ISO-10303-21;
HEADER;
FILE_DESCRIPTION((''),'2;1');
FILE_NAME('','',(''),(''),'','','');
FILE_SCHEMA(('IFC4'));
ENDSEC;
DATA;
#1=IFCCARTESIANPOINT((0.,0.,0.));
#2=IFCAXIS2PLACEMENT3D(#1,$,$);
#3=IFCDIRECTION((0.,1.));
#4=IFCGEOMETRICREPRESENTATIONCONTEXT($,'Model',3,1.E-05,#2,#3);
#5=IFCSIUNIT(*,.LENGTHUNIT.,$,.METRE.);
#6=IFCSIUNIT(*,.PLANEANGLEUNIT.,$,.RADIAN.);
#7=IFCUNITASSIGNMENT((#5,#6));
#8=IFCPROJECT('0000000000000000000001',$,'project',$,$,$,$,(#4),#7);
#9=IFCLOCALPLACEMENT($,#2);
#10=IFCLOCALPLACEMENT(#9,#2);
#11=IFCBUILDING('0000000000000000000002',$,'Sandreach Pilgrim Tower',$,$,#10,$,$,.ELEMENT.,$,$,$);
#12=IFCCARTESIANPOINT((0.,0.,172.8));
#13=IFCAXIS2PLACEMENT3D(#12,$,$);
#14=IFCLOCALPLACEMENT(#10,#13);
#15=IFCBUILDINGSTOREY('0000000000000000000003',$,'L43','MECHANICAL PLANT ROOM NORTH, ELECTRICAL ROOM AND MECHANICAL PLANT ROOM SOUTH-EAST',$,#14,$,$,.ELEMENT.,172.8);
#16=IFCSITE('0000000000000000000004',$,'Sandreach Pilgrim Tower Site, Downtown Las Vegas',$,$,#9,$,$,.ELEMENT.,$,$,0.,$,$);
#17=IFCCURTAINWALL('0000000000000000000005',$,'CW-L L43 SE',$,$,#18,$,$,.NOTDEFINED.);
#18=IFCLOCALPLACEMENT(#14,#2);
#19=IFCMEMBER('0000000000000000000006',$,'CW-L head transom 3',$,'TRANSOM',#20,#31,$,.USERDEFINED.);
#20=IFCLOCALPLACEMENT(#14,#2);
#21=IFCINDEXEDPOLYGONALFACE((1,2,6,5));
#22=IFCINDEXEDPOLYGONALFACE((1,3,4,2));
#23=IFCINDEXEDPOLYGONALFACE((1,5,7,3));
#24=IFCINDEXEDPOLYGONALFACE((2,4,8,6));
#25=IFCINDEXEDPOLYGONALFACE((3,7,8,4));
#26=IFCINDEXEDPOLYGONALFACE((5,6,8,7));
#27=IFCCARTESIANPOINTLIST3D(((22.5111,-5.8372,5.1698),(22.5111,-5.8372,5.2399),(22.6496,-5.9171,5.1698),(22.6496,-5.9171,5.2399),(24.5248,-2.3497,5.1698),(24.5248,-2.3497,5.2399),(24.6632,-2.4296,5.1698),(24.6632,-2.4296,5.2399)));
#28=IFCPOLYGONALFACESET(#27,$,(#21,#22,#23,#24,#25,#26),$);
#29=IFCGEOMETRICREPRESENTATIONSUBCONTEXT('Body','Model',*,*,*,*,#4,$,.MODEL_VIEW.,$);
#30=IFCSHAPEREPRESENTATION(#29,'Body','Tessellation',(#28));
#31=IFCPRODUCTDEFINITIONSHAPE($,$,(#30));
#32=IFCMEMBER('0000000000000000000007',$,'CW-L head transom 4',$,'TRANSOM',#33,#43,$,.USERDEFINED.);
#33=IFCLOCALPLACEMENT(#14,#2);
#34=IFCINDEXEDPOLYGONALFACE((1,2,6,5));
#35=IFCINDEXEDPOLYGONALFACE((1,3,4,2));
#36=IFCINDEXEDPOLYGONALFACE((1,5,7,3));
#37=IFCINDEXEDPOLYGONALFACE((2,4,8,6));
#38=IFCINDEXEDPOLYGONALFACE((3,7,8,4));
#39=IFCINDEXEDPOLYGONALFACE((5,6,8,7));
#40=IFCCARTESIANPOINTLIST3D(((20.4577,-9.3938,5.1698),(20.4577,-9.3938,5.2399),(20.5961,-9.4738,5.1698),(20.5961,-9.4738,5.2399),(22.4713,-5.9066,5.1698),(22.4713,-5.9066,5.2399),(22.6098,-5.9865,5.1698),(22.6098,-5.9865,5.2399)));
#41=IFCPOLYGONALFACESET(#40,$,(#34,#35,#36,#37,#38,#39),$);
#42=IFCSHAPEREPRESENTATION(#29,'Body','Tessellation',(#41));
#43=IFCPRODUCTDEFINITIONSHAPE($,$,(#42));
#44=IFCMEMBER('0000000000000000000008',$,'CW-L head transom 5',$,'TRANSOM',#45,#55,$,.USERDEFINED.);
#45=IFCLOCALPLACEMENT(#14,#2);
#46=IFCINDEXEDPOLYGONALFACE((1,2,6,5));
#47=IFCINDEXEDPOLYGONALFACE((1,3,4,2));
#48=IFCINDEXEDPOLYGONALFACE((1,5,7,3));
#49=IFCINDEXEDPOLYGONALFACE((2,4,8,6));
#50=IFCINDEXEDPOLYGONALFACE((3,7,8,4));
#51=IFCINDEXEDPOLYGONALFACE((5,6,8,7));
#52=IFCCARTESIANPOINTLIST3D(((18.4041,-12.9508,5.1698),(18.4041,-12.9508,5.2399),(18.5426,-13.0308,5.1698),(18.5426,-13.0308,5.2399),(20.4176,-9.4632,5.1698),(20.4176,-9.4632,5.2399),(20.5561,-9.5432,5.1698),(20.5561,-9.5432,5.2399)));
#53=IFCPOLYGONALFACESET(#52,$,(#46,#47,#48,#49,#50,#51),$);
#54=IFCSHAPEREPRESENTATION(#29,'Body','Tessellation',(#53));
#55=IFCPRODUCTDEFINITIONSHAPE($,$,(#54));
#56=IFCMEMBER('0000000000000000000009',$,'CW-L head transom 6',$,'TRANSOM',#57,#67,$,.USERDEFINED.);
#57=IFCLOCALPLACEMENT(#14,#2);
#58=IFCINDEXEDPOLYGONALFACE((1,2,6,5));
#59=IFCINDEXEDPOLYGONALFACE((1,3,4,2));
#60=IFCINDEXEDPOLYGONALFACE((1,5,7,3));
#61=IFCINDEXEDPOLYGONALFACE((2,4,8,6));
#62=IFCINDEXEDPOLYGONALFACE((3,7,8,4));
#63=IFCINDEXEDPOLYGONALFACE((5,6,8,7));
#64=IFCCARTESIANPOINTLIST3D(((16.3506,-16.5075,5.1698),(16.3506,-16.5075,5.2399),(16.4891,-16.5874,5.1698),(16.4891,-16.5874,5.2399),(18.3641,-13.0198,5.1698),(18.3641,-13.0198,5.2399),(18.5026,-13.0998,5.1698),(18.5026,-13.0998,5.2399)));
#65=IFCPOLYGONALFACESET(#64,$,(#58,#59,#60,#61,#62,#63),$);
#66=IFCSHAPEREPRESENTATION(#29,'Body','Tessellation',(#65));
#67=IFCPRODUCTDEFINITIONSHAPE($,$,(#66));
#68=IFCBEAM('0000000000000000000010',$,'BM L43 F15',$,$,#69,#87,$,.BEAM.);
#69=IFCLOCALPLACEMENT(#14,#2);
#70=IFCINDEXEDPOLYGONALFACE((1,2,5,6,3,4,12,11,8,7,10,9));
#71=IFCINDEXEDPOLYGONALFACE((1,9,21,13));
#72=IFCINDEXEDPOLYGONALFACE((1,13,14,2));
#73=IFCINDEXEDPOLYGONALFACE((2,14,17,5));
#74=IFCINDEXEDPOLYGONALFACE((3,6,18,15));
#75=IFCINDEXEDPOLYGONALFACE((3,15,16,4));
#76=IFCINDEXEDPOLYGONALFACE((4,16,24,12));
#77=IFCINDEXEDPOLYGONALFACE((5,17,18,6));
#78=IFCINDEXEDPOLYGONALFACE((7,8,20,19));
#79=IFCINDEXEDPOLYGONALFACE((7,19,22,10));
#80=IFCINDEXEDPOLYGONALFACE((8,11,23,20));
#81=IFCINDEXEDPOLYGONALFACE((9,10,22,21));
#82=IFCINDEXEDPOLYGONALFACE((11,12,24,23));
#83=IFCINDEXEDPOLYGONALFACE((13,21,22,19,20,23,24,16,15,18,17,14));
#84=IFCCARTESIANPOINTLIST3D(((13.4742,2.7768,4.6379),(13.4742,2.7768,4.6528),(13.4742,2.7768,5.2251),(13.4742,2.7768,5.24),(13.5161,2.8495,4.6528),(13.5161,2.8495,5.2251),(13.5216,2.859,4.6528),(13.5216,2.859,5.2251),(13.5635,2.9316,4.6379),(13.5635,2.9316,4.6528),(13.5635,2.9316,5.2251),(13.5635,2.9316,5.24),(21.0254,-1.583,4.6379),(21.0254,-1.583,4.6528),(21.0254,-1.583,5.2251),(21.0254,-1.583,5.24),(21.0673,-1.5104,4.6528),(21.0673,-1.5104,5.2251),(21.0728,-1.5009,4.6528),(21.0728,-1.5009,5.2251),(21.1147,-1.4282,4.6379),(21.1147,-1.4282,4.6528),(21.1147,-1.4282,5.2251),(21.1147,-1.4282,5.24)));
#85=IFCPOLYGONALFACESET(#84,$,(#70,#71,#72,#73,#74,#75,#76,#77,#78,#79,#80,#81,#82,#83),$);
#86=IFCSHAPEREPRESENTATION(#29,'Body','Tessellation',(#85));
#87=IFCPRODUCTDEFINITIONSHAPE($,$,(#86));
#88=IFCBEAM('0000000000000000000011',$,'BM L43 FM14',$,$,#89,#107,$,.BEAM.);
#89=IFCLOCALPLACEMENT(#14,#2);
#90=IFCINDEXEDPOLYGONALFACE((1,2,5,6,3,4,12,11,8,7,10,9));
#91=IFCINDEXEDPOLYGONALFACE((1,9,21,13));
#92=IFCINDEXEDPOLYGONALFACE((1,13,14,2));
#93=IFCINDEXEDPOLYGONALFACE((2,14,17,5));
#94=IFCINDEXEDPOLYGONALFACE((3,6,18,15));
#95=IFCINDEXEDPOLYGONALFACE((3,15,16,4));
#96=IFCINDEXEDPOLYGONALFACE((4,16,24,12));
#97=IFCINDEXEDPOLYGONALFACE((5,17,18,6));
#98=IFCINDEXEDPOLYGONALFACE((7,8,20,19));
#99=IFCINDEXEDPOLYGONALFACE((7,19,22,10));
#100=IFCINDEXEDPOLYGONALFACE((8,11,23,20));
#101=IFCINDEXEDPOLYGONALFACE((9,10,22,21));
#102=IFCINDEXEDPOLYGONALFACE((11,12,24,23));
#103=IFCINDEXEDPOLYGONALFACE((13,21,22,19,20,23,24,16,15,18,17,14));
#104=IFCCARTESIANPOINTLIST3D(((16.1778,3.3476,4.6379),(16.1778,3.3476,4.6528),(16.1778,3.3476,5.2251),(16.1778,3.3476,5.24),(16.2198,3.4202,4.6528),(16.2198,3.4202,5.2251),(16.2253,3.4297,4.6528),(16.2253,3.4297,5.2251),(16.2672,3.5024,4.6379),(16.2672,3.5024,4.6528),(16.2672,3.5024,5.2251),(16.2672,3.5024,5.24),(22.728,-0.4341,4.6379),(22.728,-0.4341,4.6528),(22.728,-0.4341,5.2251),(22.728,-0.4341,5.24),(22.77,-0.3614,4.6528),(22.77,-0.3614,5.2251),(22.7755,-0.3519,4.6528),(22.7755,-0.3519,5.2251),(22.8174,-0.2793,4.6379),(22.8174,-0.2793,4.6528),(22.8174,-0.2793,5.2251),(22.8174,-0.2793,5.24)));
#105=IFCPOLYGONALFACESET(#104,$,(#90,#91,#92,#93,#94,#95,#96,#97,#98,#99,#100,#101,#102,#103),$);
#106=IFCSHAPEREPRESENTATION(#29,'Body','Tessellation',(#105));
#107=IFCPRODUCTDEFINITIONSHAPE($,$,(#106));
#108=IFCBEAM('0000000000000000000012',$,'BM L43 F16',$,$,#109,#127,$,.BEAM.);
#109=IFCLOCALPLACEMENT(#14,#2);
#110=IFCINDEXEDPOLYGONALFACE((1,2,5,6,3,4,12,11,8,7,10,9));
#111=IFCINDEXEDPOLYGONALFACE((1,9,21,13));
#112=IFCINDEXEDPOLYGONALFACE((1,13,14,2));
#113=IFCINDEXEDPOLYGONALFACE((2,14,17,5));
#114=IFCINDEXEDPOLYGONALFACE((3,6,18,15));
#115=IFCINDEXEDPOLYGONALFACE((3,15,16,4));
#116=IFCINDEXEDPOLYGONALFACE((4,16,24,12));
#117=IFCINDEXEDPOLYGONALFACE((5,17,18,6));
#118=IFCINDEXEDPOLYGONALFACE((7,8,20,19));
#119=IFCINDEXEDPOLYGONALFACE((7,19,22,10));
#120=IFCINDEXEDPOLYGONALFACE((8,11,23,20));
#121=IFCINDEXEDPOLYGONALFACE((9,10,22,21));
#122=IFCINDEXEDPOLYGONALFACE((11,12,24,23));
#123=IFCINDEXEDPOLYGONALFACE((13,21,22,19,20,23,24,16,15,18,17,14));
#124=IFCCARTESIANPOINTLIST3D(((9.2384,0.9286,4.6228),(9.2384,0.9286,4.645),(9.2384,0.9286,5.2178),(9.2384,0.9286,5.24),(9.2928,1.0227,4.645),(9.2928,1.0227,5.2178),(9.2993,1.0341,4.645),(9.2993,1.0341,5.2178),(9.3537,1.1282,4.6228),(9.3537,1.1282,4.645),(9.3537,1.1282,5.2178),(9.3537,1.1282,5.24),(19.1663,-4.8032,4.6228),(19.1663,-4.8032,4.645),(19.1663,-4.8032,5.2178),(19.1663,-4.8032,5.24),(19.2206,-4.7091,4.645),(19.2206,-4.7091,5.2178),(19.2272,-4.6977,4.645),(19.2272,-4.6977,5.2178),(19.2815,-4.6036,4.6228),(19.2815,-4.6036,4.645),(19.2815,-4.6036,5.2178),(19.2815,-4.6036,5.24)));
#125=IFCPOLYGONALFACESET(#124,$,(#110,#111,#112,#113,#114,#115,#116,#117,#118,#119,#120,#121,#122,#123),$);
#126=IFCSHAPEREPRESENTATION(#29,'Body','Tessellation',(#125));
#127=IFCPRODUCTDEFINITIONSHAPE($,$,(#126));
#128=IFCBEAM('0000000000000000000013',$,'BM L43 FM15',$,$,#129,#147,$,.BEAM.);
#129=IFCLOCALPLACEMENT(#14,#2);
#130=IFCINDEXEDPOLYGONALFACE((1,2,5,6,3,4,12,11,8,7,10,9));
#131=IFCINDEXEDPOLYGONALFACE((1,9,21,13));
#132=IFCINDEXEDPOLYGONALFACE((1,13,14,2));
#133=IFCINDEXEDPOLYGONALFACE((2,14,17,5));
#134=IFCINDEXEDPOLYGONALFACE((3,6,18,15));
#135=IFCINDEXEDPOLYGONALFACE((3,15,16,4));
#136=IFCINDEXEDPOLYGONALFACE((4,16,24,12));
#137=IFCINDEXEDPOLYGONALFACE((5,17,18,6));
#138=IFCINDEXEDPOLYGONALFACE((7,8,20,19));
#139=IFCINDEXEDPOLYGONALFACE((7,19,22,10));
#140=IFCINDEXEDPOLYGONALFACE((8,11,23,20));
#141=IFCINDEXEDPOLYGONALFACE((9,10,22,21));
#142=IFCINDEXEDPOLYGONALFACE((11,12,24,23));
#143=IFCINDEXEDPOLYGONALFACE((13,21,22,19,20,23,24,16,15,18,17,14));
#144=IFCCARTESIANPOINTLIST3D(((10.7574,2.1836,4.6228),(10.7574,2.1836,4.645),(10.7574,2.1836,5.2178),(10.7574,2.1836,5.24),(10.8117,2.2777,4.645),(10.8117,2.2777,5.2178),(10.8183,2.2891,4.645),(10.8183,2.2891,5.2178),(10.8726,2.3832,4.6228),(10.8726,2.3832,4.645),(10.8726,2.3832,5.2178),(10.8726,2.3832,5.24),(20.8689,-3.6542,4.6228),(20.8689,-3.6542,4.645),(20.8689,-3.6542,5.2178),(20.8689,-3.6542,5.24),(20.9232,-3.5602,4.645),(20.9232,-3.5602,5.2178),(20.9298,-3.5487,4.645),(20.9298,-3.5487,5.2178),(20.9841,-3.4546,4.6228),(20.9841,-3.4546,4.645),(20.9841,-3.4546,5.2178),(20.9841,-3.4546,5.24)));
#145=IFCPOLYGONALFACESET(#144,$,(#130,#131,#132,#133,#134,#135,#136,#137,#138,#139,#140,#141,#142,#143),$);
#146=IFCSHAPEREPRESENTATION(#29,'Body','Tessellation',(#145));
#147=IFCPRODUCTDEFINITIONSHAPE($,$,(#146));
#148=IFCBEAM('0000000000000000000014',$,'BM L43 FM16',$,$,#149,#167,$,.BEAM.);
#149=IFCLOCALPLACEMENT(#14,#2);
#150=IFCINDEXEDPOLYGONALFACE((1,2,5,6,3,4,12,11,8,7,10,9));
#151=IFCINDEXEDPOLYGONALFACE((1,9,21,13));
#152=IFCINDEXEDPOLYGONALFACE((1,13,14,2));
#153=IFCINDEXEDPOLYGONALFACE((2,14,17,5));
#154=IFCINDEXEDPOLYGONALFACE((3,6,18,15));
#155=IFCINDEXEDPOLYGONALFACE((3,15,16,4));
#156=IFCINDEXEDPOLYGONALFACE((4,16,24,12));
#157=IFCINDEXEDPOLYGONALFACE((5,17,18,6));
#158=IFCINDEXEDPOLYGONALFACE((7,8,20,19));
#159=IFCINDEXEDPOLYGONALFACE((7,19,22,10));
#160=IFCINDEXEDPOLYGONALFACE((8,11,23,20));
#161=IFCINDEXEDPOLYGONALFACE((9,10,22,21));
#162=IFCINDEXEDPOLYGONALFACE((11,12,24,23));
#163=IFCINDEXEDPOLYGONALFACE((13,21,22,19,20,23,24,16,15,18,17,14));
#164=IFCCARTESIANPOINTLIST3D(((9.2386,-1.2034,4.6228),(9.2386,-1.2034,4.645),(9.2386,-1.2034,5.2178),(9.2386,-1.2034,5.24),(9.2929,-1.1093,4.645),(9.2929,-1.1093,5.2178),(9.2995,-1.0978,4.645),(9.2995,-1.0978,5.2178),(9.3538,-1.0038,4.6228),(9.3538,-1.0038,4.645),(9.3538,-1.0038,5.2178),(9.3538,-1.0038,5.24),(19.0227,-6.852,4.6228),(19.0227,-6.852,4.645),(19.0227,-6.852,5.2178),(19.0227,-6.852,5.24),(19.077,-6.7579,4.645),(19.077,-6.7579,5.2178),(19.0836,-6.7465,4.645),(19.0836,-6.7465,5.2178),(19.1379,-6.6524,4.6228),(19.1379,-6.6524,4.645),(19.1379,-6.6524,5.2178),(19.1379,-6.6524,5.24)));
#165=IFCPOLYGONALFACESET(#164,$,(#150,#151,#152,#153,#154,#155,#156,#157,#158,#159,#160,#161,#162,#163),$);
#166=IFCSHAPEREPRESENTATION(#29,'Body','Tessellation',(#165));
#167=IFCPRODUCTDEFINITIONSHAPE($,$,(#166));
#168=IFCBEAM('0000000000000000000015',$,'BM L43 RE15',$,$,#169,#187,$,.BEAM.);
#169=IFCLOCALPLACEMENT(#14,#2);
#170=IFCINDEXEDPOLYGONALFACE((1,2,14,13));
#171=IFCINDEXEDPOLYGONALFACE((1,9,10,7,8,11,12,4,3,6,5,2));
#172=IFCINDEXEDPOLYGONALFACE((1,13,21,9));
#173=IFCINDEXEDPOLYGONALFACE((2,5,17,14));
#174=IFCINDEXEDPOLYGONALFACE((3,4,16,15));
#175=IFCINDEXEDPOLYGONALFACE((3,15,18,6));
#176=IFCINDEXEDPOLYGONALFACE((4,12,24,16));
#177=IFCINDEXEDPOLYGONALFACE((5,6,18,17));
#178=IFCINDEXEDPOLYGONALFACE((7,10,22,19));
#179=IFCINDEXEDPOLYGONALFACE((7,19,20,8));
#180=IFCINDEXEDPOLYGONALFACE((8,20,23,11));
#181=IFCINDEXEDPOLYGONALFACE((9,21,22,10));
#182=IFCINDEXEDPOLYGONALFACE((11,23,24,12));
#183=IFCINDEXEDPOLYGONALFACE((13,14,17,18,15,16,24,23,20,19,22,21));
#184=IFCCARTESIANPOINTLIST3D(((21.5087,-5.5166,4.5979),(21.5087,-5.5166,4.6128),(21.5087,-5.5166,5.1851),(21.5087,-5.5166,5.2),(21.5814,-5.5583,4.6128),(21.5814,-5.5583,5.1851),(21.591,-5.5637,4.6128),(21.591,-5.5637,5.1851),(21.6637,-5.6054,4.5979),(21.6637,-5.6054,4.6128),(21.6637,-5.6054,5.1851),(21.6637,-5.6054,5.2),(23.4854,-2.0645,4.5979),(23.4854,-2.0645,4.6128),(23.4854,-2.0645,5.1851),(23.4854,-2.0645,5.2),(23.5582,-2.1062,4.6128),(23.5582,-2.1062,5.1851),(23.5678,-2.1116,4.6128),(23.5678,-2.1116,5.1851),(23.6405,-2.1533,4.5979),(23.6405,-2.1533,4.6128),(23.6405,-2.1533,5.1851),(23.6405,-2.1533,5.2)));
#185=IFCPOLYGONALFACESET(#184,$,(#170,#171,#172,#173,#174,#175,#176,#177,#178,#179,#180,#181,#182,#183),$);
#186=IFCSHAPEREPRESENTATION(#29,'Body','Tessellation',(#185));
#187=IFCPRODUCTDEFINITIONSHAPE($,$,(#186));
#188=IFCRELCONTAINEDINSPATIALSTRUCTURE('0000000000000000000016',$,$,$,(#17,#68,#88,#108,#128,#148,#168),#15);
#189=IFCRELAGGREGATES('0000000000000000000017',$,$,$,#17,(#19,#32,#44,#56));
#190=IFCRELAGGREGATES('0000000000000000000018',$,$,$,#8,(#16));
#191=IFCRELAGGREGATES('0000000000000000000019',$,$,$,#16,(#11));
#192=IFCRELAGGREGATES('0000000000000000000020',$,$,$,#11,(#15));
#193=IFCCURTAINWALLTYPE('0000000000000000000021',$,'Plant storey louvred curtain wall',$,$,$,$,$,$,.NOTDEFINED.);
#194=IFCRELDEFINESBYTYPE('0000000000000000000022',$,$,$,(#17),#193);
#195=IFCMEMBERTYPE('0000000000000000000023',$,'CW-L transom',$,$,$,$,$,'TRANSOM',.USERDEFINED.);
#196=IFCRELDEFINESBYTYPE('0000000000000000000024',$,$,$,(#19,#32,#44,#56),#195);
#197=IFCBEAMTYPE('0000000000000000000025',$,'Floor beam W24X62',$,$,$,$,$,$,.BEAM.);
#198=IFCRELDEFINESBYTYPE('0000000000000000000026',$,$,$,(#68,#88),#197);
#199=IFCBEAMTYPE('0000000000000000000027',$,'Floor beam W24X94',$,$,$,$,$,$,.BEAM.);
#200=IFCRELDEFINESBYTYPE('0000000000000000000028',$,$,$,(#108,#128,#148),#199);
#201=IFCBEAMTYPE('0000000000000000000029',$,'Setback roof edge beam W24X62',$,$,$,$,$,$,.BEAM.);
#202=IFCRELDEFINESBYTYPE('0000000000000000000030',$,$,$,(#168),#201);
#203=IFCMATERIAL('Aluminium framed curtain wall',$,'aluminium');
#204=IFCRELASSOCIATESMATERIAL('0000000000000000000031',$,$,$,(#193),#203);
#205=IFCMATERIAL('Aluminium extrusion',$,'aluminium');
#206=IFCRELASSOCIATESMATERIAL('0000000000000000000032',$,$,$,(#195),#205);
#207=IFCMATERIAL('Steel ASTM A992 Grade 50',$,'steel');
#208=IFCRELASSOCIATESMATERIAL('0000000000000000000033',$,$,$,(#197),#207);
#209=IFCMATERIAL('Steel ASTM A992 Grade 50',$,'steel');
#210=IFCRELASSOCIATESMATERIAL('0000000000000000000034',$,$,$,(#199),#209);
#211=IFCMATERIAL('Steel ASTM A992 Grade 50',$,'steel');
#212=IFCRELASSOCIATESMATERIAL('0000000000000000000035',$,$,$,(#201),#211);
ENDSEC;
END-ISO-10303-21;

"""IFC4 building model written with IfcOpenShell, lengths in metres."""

from ifc_helpers import new_model, si_unit, direction, frame, origin, origin_2d, place, context, subcontext, project, spatial, rectangle, i_section, extrude, material, material_profile, profile_set, type_object, element, aggregate, save


model = new_model("IFC4")

# Units and contexts
model_context = context("Model", 3, precision=1e-05, world=origin(), true_north=direction((0.0, 1.0)))
body_context = subcontext(model_context, "Body", "Model", "MODEL_VIEW")
ifc_project = project(units=[si_unit("LENGTHUNIT", "METRE"), si_unit("PLANEANGLEUNIT", "RADIAN")], contexts=[model_context])

# Site, building, storey
site_placement = place(None, origin())
site = spatial("IfcSite", under=ifc_project, at=site_placement, Name="Sandreach Pilgrim Tower Site, Downtown Las Vegas", CompositionType="ELEMENT", RefElevation=0.0)
building_placement = place(site_placement, origin())
building = spatial("IfcBuilding", under=site, at=building_placement, Name="Sandreach Pilgrim Tower", CompositionType="ELEMENT")
storey_placement = place(building_placement, frame((0.0, 0.0, 172.8)))
storey = spatial("IfcBuildingStorey", under=building, at=storey_placement, Name="L43", Description="MECHANICAL PLANT ROOM NORTH, ELECTRICAL ROOM AND MECHANICAL PLANT ROOM SOUTH-EAST", CompositionType="ELEMENT", Elevation=172.8)

# Curtain wall, members
ifc_material_1 = material(Name="Aluminium framed curtain wall", Category="aluminium")
curtain_wall_type = type_object("IfcCurtainWallType", Name="Plant storey louvred curtain wall", PredefinedType="NOTDEFINED", material=ifc_material_1)
curtain_wall_placement = place(storey_placement, origin())
curtain_wall = element("IfcCurtainWall", 1, at=curtain_wall_placement, inside=storey, type_object=curtain_wall_type, Name="CW-L L43 SE", PredefinedType="NOTDEFINED")
ifc_material_2 = material(Name="Aluminium extrusion", Category="aluminium")
ifc_material_profile_1 = material_profile(ifc_material_2, rectangle(XDim=0.1599, YDim=0.0701, at=origin_2d()), Name="CW-LT 160X70")
ifc_profile_set_1 = profile_set([ifc_material_profile_1], Name="Aluminium extrusion")
member_type_1 = type_object("IfcMemberType", Name="CW-L transom", ElementType="TRANSOM", PredefinedType="USERDEFINED", material=ifc_profile_set_1)
member_1_placement = place(storey_placement, frame((24.594, -2.3896, 5.2048), z_axis=(-0.500025, -0.866011, 0.0), x_axis=(0.866011, -0.500025, 0.0)))
member_1 = element("IfcMember", 2, at=member_1_placement, type_object=member_type_1, Name="CW-L head transom 3", ObjectType="TRANSOM", PredefinedType="USERDEFINED", context=body_context, shape_type="SweptSolid", body=[
    extrude(rectangle(XDim=0.1599, YDim=0.0701, at=origin_2d()), origin(), (0.0, 0.0, 1.0), 4.0271),
])
member_2_placement = place(storey_placement, frame((22.5405, -5.9465, 5.2048), z_axis=(-0.500051, -0.865996, 0.0), x_axis=(0.865996, -0.500051, 0.0)))
member_2 = element("IfcMember", 3, at=member_2_placement, type_object=member_type_1, Name="CW-L head transom 4", ObjectType="TRANSOM", PredefinedType="USERDEFINED", context=body_context, shape_type="SweptSolid", body=[
    extrude(rectangle(XDim=0.1599, YDim=0.0701, at=origin_2d()), origin(), (0.0, 0.0, 1.0), 4.0269),
])
member_3_placement = place(storey_placement, frame((20.4868, -9.5032, 5.2048), z_axis=(-0.49998, -0.866037, 0.0), x_axis=(0.866037, -0.49998, 0.0)))
member_3 = element("IfcMember", 4, at=member_3_placement, type_object=member_type_1, Name="CW-L head transom 5", ObjectType="TRANSOM", PredefinedType="USERDEFINED", context=body_context, shape_type="SweptSolid", body=[
    extrude(rectangle(XDim=0.1599, YDim=0.0701, at=origin_2d()), origin(), (0.0, 0.0, 1.0), 4.0271),
])
member_4_placement = place(storey_placement, frame((18.4333, -13.0598, 5.2048), z_axis=(-0.49998, -0.866037, 0.0), x_axis=(0.866037, -0.49998, 0.0)))
member_4 = element("IfcMember", 5, at=member_4_placement, type_object=member_type_1, Name="CW-L head transom 6", ObjectType="TRANSOM", PredefinedType="USERDEFINED", context=body_context, shape_type="SweptSolid", body=[
    extrude(rectangle(XDim=0.1599, YDim=0.0701, at=origin_2d()), origin(), (0.0, 0.0, 1.0), 4.0271),
])

# Beams
ifc_material_3 = material(Name="Steel ASTM A992 Grade 50", Category="steel")
ifc_material_profile_2 = material_profile(ifc_material_3, i_section(OverallWidth=0.1787, OverallDepth=0.6021, WebThickness=0.011, FlangeThickness=0.0149, at=origin_2d()), Name="W24X62")
ifc_profile_set_2 = profile_set([ifc_material_profile_2], Name="Steel ASTM A992 Grade 50")
beam_type_1 = type_object("IfcBeamType", Name="Floor beam W24X62", PredefinedType="BEAM", material=ifc_profile_set_2)
beam_1_placement = place(storey_placement, frame((21.0701, -1.5056, 4.939), z_axis=(-0.866019, 0.500012, 0.0), x_axis=(-0.500012, -0.866019, 0.0)))
element("IfcBeam", 6, at=beam_1_placement, inside=storey, type_object=beam_type_1, Name="BM L43 F15", PredefinedType="BEAM", context=body_context, shape_type="SweptSolid", body=[
    extrude(i_section(OverallWidth=0.1787, OverallDepth=0.6021, WebThickness=0.011, FlangeThickness=0.0149, at=origin_2d()), origin(), (0.0, 0.0, 1.0), 8.7195),
])
beam_2_placement = place(storey_placement, frame((22.7727, -0.3567, 4.939), z_axis=(-0.86603, 0.499993, 0.0), x_axis=(-0.499993, -0.86603, 0.0)))
element("IfcBeam", 7, at=beam_2_placement, inside=storey, type_object=beam_type_1, Name="BM L43 FM14", PredefinedType="BEAM", context=body_context, shape_type="SweptSolid", body=[
    extrude(i_section(OverallWidth=0.1787, OverallDepth=0.6021, WebThickness=0.011, FlangeThickness=0.0149, at=origin_2d()), origin(), (0.0, 0.0, 1.0), 7.5635),
])
ifc_material_4 = material(Name="Steel ASTM A992 Grade 50", Category="steel")
ifc_material_profile_3 = material_profile(ifc_material_4, i_section(OverallWidth=0.2305, OverallDepth=0.6172, WebThickness=0.0132, FlangeThickness=0.0222, at=origin_2d()), Name="W24X94")
ifc_profile_set_3 = profile_set([ifc_material_profile_3], Name="Steel ASTM A992 Grade 50")
beam_type_2 = type_object("IfcBeamType", Name="Floor beam W24X94", PredefinedType="BEAM", material=ifc_profile_set_3)
beam_3_placement = place(storey_placement, frame((19.2239, -4.7034, 4.9314), z_axis=(-0.866029, 0.499994, 0.0), x_axis=(-0.499994, -0.866029, 0.0)))
element("IfcBeam", 8, at=beam_3_placement, inside=storey, type_object=beam_type_2, Name="BM L43 F16", PredefinedType="BEAM", context=body_context, shape_type="SweptSolid", body=[
    extrude(i_section(OverallWidth=0.2305, OverallDepth=0.6172, WebThickness=0.0132, FlangeThickness=0.0222, at=origin_2d()), origin(), (0.0, 0.0, 1.0), 11.4636),
])
beam_4_placement = place(storey_placement, frame((20.9265, -3.5544, 4.9314), z_axis=(-0.866026, 0.499998, 0.0), x_axis=(-0.499998, -0.866026, 0.0)))
element("IfcBeam", 9, at=beam_4_placement, inside=storey, type_object=beam_type_2, Name="BM L43 FM15", PredefinedType="BEAM", context=body_context, shape_type="SweptSolid", body=[
    extrude(i_section(OverallWidth=0.2305, OverallDepth=0.6172, WebThickness=0.0132, FlangeThickness=0.0222, at=origin_2d()), origin(), (0.0, 0.0, 1.0), 11.6758),
])
beam_5_placement = place(storey_placement, frame((19.0803, -6.7522, 4.9314), z_axis=(-0.866034, 0.499986, 0.0), x_axis=(-0.499986, -0.866034, 0.0)))
element("IfcBeam", 10, at=beam_5_placement, inside=storey, type_object=beam_type_2, Name="BM L43 FM16", PredefinedType="BEAM", context=body_context, shape_type="SweptSolid", body=[
    extrude(i_section(OverallWidth=0.2305, OverallDepth=0.6172, WebThickness=0.0132, FlangeThickness=0.0222, at=origin_2d()), origin(), (0.0, 0.0, 1.0), 11.2976),
])
ifc_material_5 = material(Name="Steel ASTM A992 Grade 50", Category="steel")
ifc_material_profile_4 = material_profile(ifc_material_5, i_section(OverallWidth=0.1787, OverallDepth=0.6021, WebThickness=0.011, FlangeThickness=0.0149, at=origin_2d()), Name="W24X62")
ifc_profile_set_4 = profile_set([ifc_material_profile_4], Name="Steel ASTM A992 Grade 50")
beam_type_3 = type_object("IfcBeamType", Name="Setback roof edge beam W24X62", PredefinedType="BEAM", material=ifc_profile_set_4)
beam_6_placement = place(storey_placement, frame((23.563, -2.1089, 4.8989), z_axis=(-0.496925, -0.867793, 0.0), x_axis=(0.867793, -0.496925, 0.0)))
element("IfcBeam", 11, at=beam_6_placement, inside=storey, type_object=beam_type_3, Name="BM L43 RE15", PredefinedType="BEAM", context=body_context, shape_type="SweptSolid", body=[
    extrude(i_section(OverallWidth=0.1787, OverallDepth=0.6021, WebThickness=0.011, FlangeThickness=0.0149, at=origin_2d()), origin(), (0.0, 0.0, 1.0), 3.978),
])

aggregate(curtain_wall, [member_1, member_2, member_3, member_4])

save(model, "model.ifc")
